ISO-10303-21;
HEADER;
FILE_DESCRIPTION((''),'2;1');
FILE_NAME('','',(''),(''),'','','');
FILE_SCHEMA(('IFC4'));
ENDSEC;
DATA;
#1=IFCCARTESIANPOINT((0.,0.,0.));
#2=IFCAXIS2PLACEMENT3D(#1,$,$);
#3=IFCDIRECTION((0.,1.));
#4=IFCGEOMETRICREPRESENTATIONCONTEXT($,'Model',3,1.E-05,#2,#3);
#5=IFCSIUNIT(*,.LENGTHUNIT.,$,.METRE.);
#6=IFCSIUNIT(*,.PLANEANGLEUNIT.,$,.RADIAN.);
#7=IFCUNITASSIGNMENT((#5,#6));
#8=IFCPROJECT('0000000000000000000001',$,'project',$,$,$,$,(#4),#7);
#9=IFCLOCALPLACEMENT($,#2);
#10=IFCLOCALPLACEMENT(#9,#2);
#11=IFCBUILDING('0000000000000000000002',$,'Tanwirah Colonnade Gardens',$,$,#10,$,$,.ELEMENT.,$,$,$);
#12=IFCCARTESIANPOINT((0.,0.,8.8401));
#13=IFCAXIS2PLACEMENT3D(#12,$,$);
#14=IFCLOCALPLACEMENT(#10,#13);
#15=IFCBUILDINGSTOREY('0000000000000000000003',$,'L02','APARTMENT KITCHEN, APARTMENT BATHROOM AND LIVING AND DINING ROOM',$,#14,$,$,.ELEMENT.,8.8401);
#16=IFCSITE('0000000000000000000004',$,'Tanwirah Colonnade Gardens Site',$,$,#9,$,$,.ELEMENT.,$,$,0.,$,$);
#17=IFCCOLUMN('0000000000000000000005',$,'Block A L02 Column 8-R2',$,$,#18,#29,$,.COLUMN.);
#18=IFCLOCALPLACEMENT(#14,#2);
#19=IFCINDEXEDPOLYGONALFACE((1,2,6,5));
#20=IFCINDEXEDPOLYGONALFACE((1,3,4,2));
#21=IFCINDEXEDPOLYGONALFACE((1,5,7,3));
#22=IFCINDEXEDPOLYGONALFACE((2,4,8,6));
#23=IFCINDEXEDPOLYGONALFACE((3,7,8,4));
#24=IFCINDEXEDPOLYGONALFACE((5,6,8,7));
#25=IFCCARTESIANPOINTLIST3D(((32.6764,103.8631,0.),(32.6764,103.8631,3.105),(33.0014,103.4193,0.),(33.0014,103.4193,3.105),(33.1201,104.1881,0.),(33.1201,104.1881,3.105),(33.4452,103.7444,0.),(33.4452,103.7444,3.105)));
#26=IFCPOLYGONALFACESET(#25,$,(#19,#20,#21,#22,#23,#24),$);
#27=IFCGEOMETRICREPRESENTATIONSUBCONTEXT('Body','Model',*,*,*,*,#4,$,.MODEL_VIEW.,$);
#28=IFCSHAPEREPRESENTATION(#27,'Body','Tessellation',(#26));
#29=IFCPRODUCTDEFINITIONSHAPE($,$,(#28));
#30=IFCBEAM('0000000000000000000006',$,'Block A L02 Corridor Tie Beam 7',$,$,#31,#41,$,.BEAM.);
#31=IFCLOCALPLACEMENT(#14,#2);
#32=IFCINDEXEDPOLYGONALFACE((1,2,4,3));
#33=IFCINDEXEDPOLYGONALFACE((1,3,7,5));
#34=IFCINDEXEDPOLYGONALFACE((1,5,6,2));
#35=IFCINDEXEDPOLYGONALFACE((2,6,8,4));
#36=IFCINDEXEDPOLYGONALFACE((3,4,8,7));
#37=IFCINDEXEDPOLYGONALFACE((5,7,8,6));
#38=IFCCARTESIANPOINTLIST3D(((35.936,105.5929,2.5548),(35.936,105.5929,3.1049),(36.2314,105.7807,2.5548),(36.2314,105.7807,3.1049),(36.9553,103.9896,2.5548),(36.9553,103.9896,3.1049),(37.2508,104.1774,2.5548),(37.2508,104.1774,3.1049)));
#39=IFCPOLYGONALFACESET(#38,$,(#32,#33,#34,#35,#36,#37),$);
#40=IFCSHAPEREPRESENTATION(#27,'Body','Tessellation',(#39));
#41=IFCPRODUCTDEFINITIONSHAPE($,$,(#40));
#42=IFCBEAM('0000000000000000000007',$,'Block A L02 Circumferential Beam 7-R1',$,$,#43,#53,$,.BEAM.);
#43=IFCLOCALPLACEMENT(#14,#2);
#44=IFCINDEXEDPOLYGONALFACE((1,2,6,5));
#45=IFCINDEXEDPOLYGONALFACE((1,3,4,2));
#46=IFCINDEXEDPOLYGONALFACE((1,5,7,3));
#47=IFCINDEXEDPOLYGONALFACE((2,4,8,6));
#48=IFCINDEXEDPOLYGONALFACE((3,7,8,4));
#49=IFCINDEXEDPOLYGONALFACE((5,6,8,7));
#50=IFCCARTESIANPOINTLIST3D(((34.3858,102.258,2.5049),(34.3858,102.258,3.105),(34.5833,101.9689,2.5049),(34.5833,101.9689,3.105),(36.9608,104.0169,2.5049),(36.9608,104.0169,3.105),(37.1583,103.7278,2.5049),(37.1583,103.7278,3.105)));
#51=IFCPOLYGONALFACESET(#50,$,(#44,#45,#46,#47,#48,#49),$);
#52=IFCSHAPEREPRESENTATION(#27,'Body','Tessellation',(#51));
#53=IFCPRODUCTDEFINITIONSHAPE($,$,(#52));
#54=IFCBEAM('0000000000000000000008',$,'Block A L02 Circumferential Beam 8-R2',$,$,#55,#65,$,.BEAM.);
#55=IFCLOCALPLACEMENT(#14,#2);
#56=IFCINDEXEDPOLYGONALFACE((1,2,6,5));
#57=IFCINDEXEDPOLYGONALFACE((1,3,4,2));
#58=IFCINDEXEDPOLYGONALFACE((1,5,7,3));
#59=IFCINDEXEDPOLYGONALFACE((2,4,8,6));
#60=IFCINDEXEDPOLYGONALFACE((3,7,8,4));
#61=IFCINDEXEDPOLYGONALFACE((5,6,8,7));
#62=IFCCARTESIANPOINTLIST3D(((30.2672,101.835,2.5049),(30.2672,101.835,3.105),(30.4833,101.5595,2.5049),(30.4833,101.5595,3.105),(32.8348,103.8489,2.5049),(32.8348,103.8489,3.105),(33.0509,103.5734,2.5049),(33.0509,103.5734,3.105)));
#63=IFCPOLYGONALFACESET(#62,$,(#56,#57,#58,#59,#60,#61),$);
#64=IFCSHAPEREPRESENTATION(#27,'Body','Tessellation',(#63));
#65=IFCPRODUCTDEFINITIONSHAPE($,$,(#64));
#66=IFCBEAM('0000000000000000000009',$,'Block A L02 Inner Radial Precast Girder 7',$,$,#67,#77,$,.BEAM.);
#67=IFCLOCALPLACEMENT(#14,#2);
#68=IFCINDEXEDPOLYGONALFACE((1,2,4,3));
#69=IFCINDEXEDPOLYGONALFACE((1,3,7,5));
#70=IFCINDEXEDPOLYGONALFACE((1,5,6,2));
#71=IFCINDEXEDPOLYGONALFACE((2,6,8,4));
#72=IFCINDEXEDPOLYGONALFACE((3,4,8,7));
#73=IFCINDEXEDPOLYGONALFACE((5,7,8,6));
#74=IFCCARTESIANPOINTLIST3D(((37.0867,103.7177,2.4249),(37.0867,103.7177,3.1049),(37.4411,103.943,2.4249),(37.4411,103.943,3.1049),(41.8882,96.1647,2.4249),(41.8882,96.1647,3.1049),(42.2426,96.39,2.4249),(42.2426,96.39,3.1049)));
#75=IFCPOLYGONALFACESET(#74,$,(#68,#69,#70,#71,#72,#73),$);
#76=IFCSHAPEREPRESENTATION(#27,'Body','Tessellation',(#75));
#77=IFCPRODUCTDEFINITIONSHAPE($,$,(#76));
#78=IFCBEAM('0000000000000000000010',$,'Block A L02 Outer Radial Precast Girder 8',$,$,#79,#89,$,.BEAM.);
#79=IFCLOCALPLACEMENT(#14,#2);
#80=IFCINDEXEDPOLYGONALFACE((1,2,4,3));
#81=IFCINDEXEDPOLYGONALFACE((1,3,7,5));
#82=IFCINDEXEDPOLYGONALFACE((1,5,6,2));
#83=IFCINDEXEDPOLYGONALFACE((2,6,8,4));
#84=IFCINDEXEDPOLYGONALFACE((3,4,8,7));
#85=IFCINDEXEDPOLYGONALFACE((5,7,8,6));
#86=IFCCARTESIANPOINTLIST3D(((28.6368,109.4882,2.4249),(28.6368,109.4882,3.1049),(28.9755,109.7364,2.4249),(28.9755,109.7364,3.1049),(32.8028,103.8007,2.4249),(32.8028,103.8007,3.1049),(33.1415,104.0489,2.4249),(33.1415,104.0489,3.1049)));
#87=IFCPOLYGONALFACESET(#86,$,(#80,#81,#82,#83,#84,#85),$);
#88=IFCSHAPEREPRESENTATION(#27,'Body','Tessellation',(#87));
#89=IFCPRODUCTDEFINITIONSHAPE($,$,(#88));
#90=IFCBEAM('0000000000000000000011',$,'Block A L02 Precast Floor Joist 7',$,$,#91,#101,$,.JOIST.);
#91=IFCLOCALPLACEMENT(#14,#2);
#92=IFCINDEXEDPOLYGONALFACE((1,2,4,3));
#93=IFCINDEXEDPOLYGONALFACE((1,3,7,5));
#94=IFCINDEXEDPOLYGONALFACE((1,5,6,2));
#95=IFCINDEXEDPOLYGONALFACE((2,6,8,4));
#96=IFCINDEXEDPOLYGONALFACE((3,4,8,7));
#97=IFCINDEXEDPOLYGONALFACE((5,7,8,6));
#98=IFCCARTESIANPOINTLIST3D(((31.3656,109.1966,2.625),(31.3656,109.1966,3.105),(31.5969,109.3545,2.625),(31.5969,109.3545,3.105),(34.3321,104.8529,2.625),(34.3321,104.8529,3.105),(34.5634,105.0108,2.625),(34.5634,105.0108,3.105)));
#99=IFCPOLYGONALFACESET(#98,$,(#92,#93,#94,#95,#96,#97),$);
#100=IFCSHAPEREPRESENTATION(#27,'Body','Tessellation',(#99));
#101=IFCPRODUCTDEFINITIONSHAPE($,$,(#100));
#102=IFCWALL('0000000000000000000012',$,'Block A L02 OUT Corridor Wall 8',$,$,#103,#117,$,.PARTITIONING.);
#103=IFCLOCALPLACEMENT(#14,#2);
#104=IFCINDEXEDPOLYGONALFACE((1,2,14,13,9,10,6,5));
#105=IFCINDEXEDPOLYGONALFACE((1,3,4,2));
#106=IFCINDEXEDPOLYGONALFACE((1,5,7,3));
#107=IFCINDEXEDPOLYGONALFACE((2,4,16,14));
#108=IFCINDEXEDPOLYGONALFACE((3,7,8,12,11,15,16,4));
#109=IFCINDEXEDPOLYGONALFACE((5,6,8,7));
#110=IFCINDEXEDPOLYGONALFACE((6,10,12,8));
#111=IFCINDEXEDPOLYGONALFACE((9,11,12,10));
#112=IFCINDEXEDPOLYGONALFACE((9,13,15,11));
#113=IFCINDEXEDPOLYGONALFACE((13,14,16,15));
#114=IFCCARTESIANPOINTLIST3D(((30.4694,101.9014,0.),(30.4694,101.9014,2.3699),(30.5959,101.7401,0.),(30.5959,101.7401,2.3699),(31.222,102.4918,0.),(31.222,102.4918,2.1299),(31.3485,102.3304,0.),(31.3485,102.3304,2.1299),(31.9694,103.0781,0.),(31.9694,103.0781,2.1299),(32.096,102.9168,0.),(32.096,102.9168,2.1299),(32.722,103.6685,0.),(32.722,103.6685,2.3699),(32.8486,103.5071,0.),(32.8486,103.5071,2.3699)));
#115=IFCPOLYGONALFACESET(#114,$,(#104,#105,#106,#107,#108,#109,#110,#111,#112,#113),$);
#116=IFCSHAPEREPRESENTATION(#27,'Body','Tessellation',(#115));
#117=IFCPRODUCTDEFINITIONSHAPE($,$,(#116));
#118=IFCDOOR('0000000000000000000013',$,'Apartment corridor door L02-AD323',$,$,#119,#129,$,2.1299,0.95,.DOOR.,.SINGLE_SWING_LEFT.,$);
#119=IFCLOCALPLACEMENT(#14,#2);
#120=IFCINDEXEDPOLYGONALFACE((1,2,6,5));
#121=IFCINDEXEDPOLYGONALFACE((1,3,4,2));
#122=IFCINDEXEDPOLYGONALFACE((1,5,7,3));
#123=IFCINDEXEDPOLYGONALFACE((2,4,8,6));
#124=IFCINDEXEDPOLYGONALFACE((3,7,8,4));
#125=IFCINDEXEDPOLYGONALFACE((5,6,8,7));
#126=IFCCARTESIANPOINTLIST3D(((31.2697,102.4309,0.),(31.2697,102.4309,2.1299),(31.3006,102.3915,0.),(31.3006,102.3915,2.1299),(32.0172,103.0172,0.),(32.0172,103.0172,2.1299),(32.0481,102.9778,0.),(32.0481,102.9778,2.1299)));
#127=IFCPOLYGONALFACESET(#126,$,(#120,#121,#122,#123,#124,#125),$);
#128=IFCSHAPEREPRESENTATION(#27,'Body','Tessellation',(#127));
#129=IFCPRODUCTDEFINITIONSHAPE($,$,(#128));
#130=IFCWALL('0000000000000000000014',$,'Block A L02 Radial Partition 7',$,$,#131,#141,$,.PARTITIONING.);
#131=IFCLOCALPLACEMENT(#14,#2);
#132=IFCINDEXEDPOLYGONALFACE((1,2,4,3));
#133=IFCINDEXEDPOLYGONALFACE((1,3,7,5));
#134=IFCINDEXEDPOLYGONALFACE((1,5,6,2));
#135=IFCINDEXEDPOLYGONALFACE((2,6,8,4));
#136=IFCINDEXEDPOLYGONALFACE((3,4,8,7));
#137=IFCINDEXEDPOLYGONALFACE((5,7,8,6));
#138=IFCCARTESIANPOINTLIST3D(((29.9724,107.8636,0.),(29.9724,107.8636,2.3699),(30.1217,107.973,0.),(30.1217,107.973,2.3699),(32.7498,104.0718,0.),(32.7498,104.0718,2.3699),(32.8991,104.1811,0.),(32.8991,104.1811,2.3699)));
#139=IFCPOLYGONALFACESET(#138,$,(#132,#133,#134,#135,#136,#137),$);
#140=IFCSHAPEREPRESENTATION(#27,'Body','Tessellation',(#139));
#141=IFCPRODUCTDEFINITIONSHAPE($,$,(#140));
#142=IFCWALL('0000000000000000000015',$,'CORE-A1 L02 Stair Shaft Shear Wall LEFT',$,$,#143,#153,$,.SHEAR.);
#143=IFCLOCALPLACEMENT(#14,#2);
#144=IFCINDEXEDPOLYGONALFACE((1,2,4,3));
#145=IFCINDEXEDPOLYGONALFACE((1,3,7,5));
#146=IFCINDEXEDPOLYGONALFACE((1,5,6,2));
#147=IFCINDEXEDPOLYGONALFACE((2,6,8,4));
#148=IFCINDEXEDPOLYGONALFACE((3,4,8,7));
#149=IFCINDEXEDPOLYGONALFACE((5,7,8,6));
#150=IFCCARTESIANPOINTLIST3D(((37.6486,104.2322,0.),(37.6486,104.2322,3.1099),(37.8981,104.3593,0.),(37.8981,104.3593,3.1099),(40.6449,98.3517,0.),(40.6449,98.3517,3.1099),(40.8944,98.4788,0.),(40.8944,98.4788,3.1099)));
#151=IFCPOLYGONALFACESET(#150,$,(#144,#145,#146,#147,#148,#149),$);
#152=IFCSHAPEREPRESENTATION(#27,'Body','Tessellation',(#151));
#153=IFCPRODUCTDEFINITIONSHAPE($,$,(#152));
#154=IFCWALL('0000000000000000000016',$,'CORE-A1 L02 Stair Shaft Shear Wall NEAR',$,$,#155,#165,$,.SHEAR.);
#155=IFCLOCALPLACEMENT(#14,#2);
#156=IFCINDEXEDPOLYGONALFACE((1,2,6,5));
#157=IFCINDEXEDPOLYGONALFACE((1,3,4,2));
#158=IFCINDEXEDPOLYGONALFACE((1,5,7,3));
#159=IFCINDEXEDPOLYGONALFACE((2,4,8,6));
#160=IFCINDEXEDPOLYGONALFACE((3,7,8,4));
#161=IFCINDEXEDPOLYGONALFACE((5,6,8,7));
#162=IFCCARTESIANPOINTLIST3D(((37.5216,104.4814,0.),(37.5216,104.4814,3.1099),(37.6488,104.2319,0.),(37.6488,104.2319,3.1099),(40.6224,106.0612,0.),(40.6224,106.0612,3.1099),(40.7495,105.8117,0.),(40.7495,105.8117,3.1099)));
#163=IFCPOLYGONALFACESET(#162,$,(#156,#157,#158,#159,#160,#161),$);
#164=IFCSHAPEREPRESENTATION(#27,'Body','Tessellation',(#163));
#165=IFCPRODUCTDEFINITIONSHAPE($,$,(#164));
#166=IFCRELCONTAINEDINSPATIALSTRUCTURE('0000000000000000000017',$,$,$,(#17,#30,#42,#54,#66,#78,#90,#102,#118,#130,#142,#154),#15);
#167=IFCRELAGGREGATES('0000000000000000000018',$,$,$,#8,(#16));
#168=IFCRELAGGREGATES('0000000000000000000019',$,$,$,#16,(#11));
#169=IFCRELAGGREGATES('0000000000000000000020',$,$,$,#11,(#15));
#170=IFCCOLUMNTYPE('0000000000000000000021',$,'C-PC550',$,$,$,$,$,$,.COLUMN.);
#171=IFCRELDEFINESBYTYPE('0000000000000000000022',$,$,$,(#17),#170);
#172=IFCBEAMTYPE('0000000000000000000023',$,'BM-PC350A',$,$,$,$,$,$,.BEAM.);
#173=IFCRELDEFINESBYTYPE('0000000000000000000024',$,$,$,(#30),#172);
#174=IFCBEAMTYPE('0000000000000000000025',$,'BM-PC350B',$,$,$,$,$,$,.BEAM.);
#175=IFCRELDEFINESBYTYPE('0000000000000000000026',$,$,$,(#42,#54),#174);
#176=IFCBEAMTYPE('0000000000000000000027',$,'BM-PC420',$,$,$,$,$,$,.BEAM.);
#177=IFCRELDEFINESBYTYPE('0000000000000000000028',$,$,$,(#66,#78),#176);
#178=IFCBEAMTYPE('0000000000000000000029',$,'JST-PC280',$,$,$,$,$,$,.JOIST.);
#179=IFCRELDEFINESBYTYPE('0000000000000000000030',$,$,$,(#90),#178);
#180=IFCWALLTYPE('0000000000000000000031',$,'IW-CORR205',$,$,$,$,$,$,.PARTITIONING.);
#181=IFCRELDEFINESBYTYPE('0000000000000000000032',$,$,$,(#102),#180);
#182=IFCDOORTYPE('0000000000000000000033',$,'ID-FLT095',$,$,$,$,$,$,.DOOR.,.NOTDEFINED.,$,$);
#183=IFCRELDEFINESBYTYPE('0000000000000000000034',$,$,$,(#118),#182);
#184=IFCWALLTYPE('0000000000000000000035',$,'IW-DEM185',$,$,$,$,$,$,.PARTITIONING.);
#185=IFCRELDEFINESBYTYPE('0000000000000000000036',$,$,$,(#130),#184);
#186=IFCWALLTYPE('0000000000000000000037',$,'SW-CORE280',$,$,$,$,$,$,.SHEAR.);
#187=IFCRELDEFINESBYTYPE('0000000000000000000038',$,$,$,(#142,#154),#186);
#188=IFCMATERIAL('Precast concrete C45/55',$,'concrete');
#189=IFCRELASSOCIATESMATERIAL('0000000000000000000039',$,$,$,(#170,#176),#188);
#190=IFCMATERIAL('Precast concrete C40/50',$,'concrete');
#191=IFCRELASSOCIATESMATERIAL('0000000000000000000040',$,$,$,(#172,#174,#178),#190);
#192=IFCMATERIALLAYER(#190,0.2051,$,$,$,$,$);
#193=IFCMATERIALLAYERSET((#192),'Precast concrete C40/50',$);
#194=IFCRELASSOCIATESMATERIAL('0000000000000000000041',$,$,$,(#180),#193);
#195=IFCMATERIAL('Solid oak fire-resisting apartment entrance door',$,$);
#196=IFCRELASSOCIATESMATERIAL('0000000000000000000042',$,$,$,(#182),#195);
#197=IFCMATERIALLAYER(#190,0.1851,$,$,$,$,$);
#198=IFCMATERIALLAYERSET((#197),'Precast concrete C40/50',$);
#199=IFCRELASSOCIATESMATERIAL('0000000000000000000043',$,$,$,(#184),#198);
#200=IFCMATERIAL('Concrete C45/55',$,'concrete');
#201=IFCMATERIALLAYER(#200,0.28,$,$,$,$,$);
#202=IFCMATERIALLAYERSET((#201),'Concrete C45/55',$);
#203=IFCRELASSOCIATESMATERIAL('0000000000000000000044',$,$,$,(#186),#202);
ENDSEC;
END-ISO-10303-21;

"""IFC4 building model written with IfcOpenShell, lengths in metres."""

from ifc_helpers import new_model, si_unit, direction, frame, frame_2d, origin, origin_2d, place, context, subcontext, project, spatial, rectangle, extrude, material, layer, layer_set, material_profile, profile_set, type_object, element, fill, save


model = new_model("IFC4")

# Units and contexts
model_context = context("Model", 3, precision=1e-05, world=origin(), true_north=direction((0.0, 1.0)))
body_context = subcontext(model_context, "Body", "Model", "MODEL_VIEW")
ifc_project = project(units=[si_unit("LENGTHUNIT", "METRE"), si_unit("PLANEANGLEUNIT", "RADIAN")], contexts=[model_context])

# Site, building, storey
site_placement = place(None, origin())
site = spatial("IfcSite", under=ifc_project, at=site_placement, Name="Tanwirah Colonnade Gardens Site", CompositionType="ELEMENT", RefElevation=0.0)
building_placement = place(site_placement, origin())
building = spatial("IfcBuilding", under=site, at=building_placement, Name="Tanwirah Colonnade Gardens", CompositionType="ELEMENT")
storey_placement = place(building_placement, frame((0.0, 0.0, 8.8401)))
storey = spatial("IfcBuildingStorey", under=building, at=storey_placement, Name="L02", Description="APARTMENT KITCHEN, APARTMENT BATHROOM AND LIVING AND DINING ROOM", CompositionType="ELEMENT", Elevation=8.8401)

# Column
ifc_material_1 = material(Name="Precast concrete C45/55", Category="concrete")
ifc_material_profile_1 = material_profile(ifc_material_1, rectangle(XDim=0.55, YDim=0.55, at=origin_2d()), Name="PC-COL 550x550")
ifc_profile_set_1 = profile_set([ifc_material_profile_1], Name="Precast concrete C45/55")
column_type = type_object("IfcColumnType", Name="C-PC550", PredefinedType="COLUMN", material=ifc_profile_set_1)
column_placement = place(storey_placement, frame((33.0608, 103.8037, 0.0), z_axis=(0.0, 0.0, 1.0), x_axis=(-0.590919, 0.806731, 0.0)))
element("IfcColumn", 1, at=column_placement, inside=storey, type_object=column_type, Name="Block A L02 Column 8-R2", PredefinedType="COLUMN", context=body_context, shape_type="SweptSolid", body=[
    extrude(rectangle(XDim=0.55, YDim=0.55, at=origin_2d()), origin(), (0.0, 0.0, 1.0), 3.105),
])

# Beams
ifc_material_2 = material(Name="Precast concrete C40/50", Category="concrete")
ifc_material_profile_2 = material_profile(ifc_material_2, rectangle(XDim=0.3501, YDim=0.55, at=origin_2d()), Name="PC-BM 350x550")
ifc_profile_set_2 = profile_set([ifc_material_profile_2], Name="Precast concrete C40/50")
beam_type_1 = type_object("IfcBeamType", Name="BM-PC350A", PredefinedType="BEAM", material=ifc_profile_set_2)
beam_1_placement = place(storey_placement, frame((37.103, 104.0835, 2.8298), z_axis=(-0.53651, 0.843894, 0.0), x_axis=(-0.843894, -0.53651, 0.0)))
element("IfcBeam", 2, at=beam_1_placement, inside=storey, type_object=beam_type_1, Name="Block A L02 Corridor Tie Beam 7", PredefinedType="BEAM", context=body_context, shape_type="SweptSolid", body=[
    extrude(rectangle(XDim=0.3501, YDim=0.55, at=origin_2d()), origin(), (0.0, 0.0, 1.0), 1.8999),
])
ifc_material_profile_3 = material_profile(ifc_material_2, rectangle(XDim=0.3501, YDim=0.6001, at=origin_2d()), Name="PC-BM 350x600")
ifc_profile_set_3 = profile_set([ifc_material_profile_3], Name="Precast concrete C40/50")
beam_type_2 = type_object("IfcBeamType", Name="BM-PC350B", PredefinedType="BEAM", material=ifc_profile_set_3)
beam_2_placement = place(storey_placement, frame((37.0596, 103.8723, 2.8049), z_axis=(-0.825758, -0.564024, 0.0), x_axis=(0.564024, -0.825758, 0.0)))
element("IfcBeam", 3, at=beam_2_placement, inside=storey, type_object=beam_type_2, Name="Block A L02 Circumferential Beam 7-R1", PredefinedType="BEAM", context=body_context, shape_type="SweptSolid", body=[
    extrude(rectangle(XDim=0.3501, YDim=0.6001, at=origin_2d()), origin(), (0.0, 0.0, 1.0), 3.1184),
])
beam_3_placement = place(storey_placement, frame((32.9429, 103.7112, 2.8049), z_axis=(-0.78684, -0.617157, 0.0), x_axis=(0.617157, -0.78684, 0.0)))
element("IfcBeam", 4, at=beam_3_placement, inside=storey, type_object=beam_type_2, Name="Block A L02 Circumferential Beam 8-R2", PredefinedType="BEAM", context=body_context, shape_type="SweptSolid", body=[
    extrude(rectangle(XDim=0.3501, YDim=0.6001, at=origin_2d()), origin(), (0.0, 0.0, 1.0), 3.2632),
])
ifc_material_profile_4 = material_profile(ifc_material_1, rectangle(XDim=0.4199, YDim=0.6799, at=origin_2d()), Name="PC-BM 420x680")
ifc_profile_set_4 = profile_set([ifc_material_profile_4], Name="Precast concrete C45/55")
beam_type_3 = type_object("IfcBeamType", Name="BM-PC420", PredefinedType="BEAM", material=ifc_profile_set_4)
beam_4_placement = place(storey_placement, frame((37.2639, 103.8303, 2.7649), z_axis=(0.536484, -0.843911, 0.0), x_axis=(0.843911, 0.536484, 0.0)))
element("IfcBeam", 5, at=beam_4_placement, inside=storey, type_object=beam_type_3, Name="Block A L02 Inner Radial Precast Girder 7", PredefinedType="BEAM", context=body_context, shape_type="SweptSolid", body=[
    extrude(rectangle(XDim=0.4199, YDim=0.6799, at=origin_2d()), origin(), (0.0, 0.0, 1.0), 8.95),
])
beam_5_placement = place(storey_placement, frame((32.9722, 103.9248, 2.7649), z_axis=(-0.590919, 0.806731, 0.0), x_axis=(-0.806731, -0.590919, 0.0)))
element("IfcBeam", 6, at=beam_5_placement, inside=storey, type_object=beam_type_3, Name="Block A L02 Outer Radial Precast Girder 8", PredefinedType="BEAM", context=body_context, shape_type="SweptSolid", body=[
    extrude(rectangle(XDim=0.4199, YDim=0.6799, at=origin_2d()), origin(), (0.0, 0.0, 1.0), 7.05),
])
ifc_material_profile_5 = material_profile(ifc_material_2, rectangle(XDim=0.28, YDim=0.48, at=origin_2d()), Name="PC-JST 280x480")
ifc_profile_set_5 = profile_set([ifc_material_profile_5], Name="Precast concrete C40/50")
beam_type_4 = type_object("IfcBeamType", Name="JST-PC280", PredefinedType="JOIST", material=ifc_profile_set_5)
beam_6_placement = place(storey_placement, frame((34.4478, 104.9319, 2.865), z_axis=(-0.563973, 0.825793, 0.0), x_axis=(-0.825793, -0.563973, 0.0)))
element("IfcBeam", 7, at=beam_6_placement, inside=storey, type_object=beam_type_4, Name="Block A L02 Precast Floor Joist 7", PredefinedType="JOIST", context=body_context, shape_type="SweptSolid", body=[
    extrude(rectangle(XDim=0.28, YDim=0.48, at=origin_2d()), origin(), (0.0, 0.0, 1.0), 5.26),
])

# Wall, opening, door
ifc_layer_1 = layer(ifc_material_2, 0.2051)
ifc_layer_set_1 = layer_set([ifc_layer_1], Name="Precast concrete C40/50")
wall_type_1 = type_object("IfcWallType", Name="IW-CORR205", PredefinedType="PARTITIONING", material=ifc_layer_set_1)
ifc_material_3 = material(Name="Solid oak fire-resisting apartment entrance door")
wall_1_placement = place(storey_placement, frame((32.7854, 103.5879, 0.0), z_axis=(0.0, 0.0, 1.0), x_axis=(-0.786806, -0.6172, 0.0)))
wall_1 = element("IfcWall", 8, at=wall_1_placement, inside=storey, type_object=wall_type_1, Name="Block A L02 OUT Corridor Wall 8", PredefinedType="PARTITIONING", context=body_context, shape_type="SweptSolid", body=[
    extrude(rectangle(XDim=2.863, YDim=0.2051, at=frame_2d((1.4316, 0.0))), origin(), (0.0, 0.0, 1.0), 2.3699),
])
opening_1_placement = place(wall_1_placement, frame((0.9565, 0.0, 0.0)))
opening_1 = element("IfcOpeningElement", 9, at=opening_1_placement, cuts=wall_1, PredefinedType="OPENING", context=body_context, shape_type="SweptSolid", body=[
    extrude(rectangle(XDim=0.95, YDim=2.1299, at=frame_2d((0.4751, 1.0649))), frame((0.0, 0.1125, 0.0), z_axis=(0.0, -1.0, 0.0), x_axis=(1.0, 0.0, 0.0)), (0.0, 0.0, 1.0), 0.2251),
])
door_type_1 = type_object("IfcDoorType", Name="ID-FLT095", OperationType="NOTDEFINED", PredefinedType="DOOR", material=ifc_material_3)
door_1_placement = place(opening_1_placement, origin())
door_1 = element("IfcDoor", 10, at=door_1_placement, inside=storey, type_object=door_type_1, Name="Apartment corridor door L02-AD323", OperationType="SINGLE_SWING_LEFT", OverallHeight=2.1299, OverallWidth=0.95, PredefinedType="DOOR", context=body_context, shape_type="SweptSolid", body=[
    extrude(rectangle(XDim=0.95, YDim=2.1299, at=frame_2d((0.4751, 1.0649))), frame((0.0, 0.0249, 0.0), z_axis=(0.0, -1.0, 0.0), x_axis=(1.0, 0.0, 0.0)), (0.0, 0.0, 1.0), 0.05),
])
fill(opening_1, door_1)

# Walls
ifc_layer_2 = layer(ifc_material_2, 0.1851)
ifc_layer_set_2 = layer_set([ifc_layer_2], Name="Precast concrete C40/50")
wall_type_2 = type_object("IfcWallType", Name="IW-DEM185", PredefinedType="PARTITIONING", material=ifc_layer_set_2)
wall_2_placement = place(storey_placement, frame((32.8245, 104.1265, 0.0), z_axis=(0.0, 0.0, 1.0), x_axis=(-0.590911, 0.806737, 0.0)))
element("IfcWall", 11, at=wall_2_placement, inside=storey, type_object=wall_type_2, Name="Block A L02 Radial Partition 7", PredefinedType="PARTITIONING", context=body_context, shape_type="SweptSolid", body=[
    extrude(rectangle(XDim=4.7002, YDim=0.1851, at=frame_2d((2.3501, 0.0))), origin(), (0.0, 0.0, 1.0), 2.3699),
])
ifc_material_4 = material(Name="Concrete C45/55", Category="concrete")
ifc_layer_3 = layer(ifc_material_4, 0.28)
ifc_layer_set_3 = layer_set([ifc_layer_3], Name="Concrete C45/55")
wall_type_3 = type_object("IfcWallType", Name="SW-CORE280", PredefinedType="SHEAR", material=ifc_layer_set_3)
wall_3_placement = place(storey_placement, frame((37.7734, 104.2957, 0.0), z_axis=(0.0, 0.0, 1.0), x_axis=(0.453992, -0.891006, 0.0)))
element("IfcWall", 12, at=wall_3_placement, inside=storey, type_object=wall_type_3, Name="CORE-A1 L02 Stair Shaft Shear Wall LEFT", PredefinedType="SHEAR", context=body_context, shape_type="SweptSolid", body=[
    extrude(rectangle(XDim=6.5999, YDim=0.28, at=frame_2d((3.2998, 0.0))), origin(), (0.0, 0.0, 1.0), 3.1099),
])
wall_4_placement = place(storey_placement, frame((37.5852, 104.3567, 0.0), z_axis=(0.0, 0.0, 1.0), x_axis=(0.89102, 0.453964, 0.0)))
element("IfcWall", 13, at=wall_4_placement, inside=storey, type_object=wall_type_3, Name="CORE-A1 L02 Stair Shaft Shear Wall NEAR", PredefinedType="SHEAR", context=body_context, shape_type="SweptSolid", body=[
    extrude(rectangle(XDim=3.48, YDim=0.28, at=frame_2d((1.74, 0.0))), origin(), (0.0, 0.0, 1.0), 3.1099),
])

save(model, "model.ifc")
